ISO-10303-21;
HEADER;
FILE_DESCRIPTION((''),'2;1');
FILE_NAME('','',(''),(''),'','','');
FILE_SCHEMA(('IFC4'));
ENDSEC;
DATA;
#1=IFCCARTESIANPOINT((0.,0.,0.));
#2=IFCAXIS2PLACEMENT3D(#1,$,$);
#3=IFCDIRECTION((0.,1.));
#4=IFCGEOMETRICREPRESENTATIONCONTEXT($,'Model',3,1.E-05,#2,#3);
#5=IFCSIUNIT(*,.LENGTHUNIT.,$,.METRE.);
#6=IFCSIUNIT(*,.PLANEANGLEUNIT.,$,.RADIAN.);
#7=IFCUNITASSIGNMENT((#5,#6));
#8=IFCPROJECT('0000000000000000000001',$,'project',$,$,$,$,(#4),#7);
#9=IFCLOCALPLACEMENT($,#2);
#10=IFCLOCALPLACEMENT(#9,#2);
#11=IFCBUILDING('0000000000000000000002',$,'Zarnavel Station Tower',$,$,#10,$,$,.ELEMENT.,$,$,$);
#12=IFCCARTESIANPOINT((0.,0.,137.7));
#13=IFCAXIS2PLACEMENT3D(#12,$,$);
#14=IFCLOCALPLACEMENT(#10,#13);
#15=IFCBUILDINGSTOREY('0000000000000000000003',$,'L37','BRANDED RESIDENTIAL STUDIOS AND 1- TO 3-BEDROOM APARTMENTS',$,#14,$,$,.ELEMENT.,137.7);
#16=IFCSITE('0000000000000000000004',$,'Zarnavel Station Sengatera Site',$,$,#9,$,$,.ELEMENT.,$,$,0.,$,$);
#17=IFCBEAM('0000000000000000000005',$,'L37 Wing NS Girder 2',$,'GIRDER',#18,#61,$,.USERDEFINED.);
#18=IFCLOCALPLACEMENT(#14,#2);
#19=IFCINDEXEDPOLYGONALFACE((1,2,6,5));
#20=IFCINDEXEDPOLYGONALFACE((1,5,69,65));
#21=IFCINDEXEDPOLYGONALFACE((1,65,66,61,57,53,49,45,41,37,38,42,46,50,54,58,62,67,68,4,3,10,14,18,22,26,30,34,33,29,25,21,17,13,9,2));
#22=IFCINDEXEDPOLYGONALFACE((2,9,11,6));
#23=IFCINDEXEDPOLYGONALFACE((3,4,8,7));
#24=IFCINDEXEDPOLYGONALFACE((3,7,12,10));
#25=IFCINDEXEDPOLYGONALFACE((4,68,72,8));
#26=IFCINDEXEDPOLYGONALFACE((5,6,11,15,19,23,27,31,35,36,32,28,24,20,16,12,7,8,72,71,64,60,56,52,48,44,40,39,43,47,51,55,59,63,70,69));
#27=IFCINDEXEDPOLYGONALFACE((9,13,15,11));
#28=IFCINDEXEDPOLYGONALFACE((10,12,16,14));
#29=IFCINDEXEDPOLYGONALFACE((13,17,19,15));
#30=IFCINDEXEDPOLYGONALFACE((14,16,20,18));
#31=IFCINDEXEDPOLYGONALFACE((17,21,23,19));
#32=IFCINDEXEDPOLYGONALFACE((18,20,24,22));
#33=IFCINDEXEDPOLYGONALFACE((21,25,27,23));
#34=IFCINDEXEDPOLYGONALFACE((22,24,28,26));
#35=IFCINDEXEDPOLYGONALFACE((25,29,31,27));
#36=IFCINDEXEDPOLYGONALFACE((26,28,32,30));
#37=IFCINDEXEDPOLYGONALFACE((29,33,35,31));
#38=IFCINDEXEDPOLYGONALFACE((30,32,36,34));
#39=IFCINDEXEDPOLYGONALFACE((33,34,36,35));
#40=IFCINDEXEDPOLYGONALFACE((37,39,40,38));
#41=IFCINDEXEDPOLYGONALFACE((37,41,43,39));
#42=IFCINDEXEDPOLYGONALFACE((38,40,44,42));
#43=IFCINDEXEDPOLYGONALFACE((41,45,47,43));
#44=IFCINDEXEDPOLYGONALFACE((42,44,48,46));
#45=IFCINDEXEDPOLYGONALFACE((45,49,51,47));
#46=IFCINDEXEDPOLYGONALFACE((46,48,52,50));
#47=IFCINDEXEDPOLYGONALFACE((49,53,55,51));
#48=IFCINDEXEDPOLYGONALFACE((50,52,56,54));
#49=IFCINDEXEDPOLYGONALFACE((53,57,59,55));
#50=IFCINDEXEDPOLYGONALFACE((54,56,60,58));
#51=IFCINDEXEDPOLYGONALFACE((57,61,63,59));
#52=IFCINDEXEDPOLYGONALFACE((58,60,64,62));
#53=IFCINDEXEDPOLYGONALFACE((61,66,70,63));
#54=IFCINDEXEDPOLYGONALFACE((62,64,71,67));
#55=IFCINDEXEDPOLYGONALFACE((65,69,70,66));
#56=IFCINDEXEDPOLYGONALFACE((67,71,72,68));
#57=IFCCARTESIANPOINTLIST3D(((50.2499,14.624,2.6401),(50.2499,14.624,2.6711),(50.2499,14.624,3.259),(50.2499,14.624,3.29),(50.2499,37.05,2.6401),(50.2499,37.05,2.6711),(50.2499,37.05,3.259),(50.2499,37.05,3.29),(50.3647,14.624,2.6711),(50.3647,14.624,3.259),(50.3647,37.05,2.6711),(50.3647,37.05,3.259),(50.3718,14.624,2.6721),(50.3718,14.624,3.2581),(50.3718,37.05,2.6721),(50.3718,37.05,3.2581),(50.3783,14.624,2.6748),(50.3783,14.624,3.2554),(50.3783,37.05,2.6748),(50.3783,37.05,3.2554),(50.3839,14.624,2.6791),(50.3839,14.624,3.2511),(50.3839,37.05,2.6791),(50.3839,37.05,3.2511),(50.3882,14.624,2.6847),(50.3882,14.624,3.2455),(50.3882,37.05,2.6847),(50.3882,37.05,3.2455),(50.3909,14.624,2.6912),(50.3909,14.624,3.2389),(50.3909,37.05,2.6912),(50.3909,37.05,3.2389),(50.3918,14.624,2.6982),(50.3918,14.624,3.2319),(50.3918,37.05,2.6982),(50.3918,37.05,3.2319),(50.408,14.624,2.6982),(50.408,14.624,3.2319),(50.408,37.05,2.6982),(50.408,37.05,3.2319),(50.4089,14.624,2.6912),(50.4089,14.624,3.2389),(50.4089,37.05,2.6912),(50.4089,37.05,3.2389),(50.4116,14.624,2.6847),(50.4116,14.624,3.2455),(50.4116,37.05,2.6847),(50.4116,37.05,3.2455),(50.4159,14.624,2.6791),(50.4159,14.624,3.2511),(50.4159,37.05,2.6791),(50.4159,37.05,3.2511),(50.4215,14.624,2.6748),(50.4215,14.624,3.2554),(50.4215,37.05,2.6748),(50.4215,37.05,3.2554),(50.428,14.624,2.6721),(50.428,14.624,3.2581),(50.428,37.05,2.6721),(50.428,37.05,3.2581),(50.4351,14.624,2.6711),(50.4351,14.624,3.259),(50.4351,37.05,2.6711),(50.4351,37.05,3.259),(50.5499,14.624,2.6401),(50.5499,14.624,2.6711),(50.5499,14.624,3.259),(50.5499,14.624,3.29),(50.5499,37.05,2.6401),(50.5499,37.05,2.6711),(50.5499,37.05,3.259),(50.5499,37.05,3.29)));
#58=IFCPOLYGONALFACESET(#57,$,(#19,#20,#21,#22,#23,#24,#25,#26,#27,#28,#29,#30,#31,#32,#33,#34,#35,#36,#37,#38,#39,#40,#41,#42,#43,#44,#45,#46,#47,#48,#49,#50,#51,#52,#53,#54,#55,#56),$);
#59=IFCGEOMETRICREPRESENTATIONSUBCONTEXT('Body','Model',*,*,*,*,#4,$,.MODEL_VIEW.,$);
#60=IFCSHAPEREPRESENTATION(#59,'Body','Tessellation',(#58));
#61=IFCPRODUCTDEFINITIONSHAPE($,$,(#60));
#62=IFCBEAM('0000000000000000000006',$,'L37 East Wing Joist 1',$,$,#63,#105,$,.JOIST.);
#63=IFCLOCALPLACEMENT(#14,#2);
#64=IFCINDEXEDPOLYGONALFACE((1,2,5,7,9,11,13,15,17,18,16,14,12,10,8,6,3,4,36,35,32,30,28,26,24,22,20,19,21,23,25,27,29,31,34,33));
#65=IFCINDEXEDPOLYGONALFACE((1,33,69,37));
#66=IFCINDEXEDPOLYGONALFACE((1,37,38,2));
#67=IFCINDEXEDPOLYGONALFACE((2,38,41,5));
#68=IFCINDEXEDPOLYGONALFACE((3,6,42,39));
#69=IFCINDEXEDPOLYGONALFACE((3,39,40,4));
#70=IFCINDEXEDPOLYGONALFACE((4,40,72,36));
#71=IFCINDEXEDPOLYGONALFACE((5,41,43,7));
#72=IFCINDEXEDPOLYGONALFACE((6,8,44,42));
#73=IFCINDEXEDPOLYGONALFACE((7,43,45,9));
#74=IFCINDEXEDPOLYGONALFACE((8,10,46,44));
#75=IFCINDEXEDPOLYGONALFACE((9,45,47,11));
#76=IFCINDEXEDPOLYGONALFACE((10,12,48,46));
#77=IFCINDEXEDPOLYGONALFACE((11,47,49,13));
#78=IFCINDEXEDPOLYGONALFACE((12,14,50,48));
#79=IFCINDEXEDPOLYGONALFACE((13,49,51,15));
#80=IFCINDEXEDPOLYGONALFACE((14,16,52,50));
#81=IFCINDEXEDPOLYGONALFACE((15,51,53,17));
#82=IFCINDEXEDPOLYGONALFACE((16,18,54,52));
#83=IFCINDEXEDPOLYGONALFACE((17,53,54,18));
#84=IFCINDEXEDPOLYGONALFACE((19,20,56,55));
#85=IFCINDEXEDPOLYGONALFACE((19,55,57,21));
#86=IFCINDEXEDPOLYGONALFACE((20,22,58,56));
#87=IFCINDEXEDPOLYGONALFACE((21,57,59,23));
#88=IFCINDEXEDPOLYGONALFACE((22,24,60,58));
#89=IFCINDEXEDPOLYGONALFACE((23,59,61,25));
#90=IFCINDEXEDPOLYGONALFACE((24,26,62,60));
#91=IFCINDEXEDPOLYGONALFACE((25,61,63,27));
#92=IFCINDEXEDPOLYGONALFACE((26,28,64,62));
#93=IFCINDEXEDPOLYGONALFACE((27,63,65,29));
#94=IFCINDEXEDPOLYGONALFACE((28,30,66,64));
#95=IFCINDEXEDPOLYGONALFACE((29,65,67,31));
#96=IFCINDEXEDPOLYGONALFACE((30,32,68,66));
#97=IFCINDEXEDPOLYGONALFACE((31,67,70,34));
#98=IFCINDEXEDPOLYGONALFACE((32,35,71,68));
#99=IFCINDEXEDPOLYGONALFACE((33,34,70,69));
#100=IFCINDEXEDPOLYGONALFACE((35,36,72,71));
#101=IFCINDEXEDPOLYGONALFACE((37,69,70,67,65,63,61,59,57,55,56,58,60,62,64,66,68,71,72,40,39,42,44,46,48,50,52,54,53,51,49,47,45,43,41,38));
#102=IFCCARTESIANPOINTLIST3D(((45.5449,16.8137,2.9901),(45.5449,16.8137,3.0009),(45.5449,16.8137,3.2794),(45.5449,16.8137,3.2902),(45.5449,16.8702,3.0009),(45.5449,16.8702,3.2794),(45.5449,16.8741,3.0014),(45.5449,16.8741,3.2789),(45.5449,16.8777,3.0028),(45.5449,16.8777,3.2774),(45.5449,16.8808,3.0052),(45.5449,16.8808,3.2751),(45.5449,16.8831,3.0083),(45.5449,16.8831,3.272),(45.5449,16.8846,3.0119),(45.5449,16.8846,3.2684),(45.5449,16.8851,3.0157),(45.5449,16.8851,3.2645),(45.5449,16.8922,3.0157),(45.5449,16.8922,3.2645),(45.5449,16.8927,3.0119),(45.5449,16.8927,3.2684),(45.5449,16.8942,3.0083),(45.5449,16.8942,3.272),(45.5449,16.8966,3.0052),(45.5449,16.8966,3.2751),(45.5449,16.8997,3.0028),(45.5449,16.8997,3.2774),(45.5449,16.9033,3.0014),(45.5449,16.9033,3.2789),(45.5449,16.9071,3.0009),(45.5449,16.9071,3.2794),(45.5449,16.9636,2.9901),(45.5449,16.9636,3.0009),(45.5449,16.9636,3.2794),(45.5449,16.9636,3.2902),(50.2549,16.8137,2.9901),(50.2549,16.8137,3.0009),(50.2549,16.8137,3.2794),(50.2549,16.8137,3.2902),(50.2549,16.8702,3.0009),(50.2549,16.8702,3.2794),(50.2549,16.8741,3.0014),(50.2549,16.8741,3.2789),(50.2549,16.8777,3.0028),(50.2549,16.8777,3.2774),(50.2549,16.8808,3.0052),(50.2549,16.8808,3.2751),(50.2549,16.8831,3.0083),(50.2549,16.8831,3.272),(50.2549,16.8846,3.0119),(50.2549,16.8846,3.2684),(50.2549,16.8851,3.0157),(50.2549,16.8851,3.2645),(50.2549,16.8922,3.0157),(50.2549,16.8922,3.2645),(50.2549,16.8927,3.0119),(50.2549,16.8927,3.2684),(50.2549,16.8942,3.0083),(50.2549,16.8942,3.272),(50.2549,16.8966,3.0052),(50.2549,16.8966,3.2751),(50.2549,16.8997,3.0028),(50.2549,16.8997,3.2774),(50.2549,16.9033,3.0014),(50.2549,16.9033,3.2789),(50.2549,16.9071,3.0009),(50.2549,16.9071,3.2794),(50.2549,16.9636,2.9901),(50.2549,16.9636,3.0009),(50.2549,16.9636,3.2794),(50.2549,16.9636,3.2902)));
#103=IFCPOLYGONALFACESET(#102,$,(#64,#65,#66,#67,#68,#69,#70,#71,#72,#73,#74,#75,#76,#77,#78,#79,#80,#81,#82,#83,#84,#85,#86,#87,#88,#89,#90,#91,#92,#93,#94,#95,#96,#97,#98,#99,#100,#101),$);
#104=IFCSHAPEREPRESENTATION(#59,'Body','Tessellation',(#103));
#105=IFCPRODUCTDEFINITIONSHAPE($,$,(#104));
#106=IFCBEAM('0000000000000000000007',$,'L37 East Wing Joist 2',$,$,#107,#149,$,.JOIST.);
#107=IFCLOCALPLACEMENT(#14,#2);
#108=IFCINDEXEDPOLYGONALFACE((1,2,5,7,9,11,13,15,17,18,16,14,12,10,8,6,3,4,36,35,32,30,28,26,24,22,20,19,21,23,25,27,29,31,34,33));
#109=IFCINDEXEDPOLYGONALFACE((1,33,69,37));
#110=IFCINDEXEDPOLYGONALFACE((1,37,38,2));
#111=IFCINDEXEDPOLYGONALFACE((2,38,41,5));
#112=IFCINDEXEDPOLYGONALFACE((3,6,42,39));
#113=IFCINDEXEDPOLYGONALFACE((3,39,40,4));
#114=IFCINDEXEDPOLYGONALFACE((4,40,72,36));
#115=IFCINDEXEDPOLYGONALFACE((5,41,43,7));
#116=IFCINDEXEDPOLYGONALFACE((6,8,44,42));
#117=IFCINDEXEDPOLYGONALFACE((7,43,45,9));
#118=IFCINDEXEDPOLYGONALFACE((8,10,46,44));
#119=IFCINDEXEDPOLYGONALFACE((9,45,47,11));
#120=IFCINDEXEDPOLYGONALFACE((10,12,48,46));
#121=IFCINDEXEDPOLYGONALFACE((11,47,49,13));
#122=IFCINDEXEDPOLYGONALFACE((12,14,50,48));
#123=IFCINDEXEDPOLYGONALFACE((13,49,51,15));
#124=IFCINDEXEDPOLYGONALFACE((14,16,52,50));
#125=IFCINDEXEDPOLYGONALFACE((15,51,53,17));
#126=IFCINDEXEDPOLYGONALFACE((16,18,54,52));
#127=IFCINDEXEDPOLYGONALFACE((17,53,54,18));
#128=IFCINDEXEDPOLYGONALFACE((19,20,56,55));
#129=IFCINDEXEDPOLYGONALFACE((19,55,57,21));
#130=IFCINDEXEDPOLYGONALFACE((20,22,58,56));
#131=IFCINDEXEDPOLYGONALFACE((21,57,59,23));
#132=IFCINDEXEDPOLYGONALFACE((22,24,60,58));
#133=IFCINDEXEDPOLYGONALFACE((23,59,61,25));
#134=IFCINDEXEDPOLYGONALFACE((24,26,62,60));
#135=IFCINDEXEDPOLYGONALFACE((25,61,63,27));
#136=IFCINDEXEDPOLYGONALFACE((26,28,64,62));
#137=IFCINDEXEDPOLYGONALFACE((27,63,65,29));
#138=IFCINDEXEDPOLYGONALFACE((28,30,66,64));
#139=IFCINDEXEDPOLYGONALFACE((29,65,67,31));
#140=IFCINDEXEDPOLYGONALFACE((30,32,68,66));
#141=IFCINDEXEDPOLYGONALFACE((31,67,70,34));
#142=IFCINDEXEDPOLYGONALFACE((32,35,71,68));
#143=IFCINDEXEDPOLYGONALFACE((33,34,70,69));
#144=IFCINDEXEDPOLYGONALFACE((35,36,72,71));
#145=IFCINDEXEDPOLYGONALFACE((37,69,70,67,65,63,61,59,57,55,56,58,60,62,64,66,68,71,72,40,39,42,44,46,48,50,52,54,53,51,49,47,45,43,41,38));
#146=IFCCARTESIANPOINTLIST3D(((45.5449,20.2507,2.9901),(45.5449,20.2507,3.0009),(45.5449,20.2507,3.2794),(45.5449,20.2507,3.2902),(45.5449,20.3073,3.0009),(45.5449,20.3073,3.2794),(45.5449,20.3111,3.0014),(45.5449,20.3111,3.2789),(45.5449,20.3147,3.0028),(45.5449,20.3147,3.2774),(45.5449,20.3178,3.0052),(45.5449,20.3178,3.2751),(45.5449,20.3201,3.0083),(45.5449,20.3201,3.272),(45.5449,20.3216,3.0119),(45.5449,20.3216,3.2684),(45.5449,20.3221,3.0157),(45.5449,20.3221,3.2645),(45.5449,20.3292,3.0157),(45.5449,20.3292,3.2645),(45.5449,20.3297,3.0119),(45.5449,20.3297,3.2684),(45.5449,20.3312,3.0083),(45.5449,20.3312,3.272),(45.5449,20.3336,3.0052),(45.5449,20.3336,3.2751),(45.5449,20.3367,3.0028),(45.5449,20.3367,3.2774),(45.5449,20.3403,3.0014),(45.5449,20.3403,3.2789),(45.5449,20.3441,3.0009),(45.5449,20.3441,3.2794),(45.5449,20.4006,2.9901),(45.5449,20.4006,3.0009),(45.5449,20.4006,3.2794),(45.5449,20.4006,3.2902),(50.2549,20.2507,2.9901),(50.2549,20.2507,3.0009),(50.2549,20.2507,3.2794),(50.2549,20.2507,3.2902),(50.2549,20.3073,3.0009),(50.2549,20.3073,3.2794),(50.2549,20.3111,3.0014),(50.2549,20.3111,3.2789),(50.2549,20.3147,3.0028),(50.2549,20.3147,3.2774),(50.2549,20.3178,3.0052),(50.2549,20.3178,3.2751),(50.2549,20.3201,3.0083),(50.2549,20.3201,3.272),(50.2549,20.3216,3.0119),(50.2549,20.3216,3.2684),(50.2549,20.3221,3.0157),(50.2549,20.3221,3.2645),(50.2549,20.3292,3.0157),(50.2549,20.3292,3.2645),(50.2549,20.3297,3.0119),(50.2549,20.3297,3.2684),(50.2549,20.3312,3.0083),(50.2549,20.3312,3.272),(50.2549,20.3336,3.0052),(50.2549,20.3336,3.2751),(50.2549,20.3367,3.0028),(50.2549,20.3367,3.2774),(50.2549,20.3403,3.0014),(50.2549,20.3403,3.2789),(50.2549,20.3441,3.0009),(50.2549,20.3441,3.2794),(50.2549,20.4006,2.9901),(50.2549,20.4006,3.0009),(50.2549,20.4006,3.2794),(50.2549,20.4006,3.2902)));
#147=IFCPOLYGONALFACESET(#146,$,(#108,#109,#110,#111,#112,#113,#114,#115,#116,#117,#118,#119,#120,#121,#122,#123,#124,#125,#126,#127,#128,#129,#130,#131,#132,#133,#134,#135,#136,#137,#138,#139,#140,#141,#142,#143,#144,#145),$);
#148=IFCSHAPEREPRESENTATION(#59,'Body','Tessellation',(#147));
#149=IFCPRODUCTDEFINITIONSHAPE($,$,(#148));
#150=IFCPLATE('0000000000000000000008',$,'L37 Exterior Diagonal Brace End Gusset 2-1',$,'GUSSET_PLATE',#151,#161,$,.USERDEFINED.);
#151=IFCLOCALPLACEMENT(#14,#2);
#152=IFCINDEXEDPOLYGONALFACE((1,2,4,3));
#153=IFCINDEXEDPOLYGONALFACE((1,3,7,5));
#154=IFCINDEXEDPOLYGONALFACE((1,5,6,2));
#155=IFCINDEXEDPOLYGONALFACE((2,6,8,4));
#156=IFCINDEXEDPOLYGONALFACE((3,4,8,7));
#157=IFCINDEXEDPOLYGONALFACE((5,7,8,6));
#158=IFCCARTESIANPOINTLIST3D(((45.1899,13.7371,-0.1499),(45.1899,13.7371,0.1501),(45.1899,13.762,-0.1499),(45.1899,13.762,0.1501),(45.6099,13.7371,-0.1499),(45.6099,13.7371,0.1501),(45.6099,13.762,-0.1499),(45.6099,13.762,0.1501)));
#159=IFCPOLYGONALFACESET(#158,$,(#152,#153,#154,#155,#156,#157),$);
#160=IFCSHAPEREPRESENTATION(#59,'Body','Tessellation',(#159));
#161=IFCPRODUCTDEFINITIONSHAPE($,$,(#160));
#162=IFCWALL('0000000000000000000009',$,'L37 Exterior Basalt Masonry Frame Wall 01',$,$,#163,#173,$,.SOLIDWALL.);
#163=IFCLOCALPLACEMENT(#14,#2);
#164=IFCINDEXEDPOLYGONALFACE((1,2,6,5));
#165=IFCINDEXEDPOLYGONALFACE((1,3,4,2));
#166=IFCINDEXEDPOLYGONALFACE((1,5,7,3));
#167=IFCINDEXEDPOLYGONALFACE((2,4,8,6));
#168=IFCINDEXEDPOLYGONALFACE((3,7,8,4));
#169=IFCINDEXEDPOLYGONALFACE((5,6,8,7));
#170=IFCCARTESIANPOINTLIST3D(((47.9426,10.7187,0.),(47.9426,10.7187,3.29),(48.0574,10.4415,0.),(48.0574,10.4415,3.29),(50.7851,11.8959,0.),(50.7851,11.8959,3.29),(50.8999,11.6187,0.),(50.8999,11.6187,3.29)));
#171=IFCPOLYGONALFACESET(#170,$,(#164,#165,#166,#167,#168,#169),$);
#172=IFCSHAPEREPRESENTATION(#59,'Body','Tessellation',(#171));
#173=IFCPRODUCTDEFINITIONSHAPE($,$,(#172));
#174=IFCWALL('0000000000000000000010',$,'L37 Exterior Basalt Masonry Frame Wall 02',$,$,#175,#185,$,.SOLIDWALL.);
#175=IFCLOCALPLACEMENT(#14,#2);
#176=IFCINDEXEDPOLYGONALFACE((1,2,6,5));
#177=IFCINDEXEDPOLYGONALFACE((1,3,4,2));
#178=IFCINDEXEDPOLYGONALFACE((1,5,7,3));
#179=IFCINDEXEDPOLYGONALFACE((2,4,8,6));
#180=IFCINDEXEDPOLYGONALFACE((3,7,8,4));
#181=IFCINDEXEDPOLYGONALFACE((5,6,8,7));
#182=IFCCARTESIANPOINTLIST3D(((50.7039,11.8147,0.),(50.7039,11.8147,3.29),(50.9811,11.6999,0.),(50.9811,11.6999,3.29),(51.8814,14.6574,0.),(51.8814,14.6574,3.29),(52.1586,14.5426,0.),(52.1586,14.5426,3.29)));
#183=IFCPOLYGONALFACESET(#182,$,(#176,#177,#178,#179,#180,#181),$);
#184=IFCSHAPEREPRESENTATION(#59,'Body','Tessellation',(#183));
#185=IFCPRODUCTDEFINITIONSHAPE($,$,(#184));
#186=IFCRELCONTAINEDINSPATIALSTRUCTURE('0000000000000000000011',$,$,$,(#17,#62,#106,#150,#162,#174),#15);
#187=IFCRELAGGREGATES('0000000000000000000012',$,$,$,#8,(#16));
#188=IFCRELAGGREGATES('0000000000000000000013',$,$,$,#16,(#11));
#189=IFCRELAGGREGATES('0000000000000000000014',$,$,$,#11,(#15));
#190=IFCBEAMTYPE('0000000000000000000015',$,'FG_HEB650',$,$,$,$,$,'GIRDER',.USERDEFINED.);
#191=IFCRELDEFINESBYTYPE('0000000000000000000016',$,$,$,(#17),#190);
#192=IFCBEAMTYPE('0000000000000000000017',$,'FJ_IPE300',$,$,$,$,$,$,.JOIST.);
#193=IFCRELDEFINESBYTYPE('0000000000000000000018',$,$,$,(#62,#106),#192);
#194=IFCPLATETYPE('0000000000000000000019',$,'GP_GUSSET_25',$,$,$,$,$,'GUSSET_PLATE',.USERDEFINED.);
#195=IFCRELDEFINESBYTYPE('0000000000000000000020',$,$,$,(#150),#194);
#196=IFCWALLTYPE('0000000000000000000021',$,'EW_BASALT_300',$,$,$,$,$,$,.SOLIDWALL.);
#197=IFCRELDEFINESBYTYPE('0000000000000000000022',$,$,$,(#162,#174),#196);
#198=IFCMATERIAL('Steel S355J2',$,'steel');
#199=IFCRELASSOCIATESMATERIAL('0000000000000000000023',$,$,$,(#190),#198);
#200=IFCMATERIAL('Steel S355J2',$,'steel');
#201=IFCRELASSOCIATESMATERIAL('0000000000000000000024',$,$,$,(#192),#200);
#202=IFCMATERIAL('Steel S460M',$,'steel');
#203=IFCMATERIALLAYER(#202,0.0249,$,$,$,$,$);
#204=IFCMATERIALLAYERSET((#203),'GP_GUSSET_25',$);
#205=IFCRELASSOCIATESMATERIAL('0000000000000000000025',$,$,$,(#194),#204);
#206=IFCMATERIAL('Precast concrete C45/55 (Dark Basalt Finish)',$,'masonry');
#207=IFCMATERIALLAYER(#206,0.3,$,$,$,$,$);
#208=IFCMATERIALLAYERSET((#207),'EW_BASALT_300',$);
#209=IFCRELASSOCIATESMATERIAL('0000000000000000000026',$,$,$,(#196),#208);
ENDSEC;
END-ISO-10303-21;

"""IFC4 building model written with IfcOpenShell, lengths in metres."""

from ifc_helpers import new_model, si_unit, direction, frame, frame_2d, origin, origin_2d, place, context, subcontext, project, spatial, rectangle, i_section, extrude, material, layer, layer_set, material_profile, profile_set, type_object, element, save


model = new_model("IFC4")

# Units and contexts
model_context = context("Model", 3, precision=1e-05, world=origin(), true_north=direction((0.0, 1.0)))
body_context = subcontext(model_context, "Body", "Model", "MODEL_VIEW")
ifc_project = project(units=[si_unit("LENGTHUNIT", "METRE"), si_unit("PLANEANGLEUNIT", "RADIAN")], contexts=[model_context])

# Site, building, storey
site_placement = place(None, origin())
site = spatial("IfcSite", under=ifc_project, at=site_placement, Name="Zarnavel Station Sengatera Site", CompositionType="ELEMENT", RefElevation=0.0)
building_placement = place(site_placement, origin())
building = spatial("IfcBuilding", under=site, at=building_placement, Name="Zarnavel Station Tower", CompositionType="ELEMENT")
storey_placement = place(building_placement, frame((0.0, 0.0, 137.7)))
storey = spatial("IfcBuildingStorey", under=building, at=storey_placement, Name="L37", Description="BRANDED RESIDENTIAL STUDIOS AND 1- TO 3-BEDROOM APARTMENTS", CompositionType="ELEMENT", Elevation=137.7)

# Beams
ifc_material_1 = material(Name="Steel S355J2", Category="steel")
ifc_material_profile_1 = material_profile(ifc_material_1, i_section(OverallWidth=0.3, OverallDepth=0.6499, WebThickness=0.0161, FlangeThickness=0.031, FilletRadius=0.0271, at=origin_2d()), Name="HEB650")
ifc_profile_set_1 = profile_set([ifc_material_profile_1], Name="Steel S355J2")
beam_type_1 = type_object("IfcBeamType", Name="FG_HEB650", ElementType="GIRDER", PredefinedType="USERDEFINED", material=ifc_profile_set_1)
beam_1_placement = place(storey_placement, frame((50.3999, 14.624, 2.9651), z_axis=(0.0, 1.0, 0.0), x_axis=(-1.0, 0.0, 0.0)))
element("IfcBeam", 1, at=beam_1_placement, inside=storey, type_object=beam_type_1, Name="L37 Wing NS Girder 2", ObjectType="GIRDER", PredefinedType="USERDEFINED", context=body_context, shape_type="SweptSolid", body=[
    extrude(i_section(OverallWidth=0.3, OverallDepth=0.6499, WebThickness=0.0161, FlangeThickness=0.031, FilletRadius=0.0271, at=origin_2d()), origin(), (0.0, 0.0, 1.0), 22.426),
])
ifc_material_2 = material(Name="Steel S355J2", Category="steel")
ifc_material_profile_2 = material_profile(ifc_material_2, i_section(OverallWidth=0.1499, OverallDepth=0.3, WebThickness=0.0071, FlangeThickness=0.0107, FilletRadius=0.0149, at=origin_2d()), Name="IPE300")
ifc_profile_set_2 = profile_set([ifc_material_profile_2], Name="Steel S355J2")
beam_type_2 = type_object("IfcBeamType", Name="FJ_IPE300", PredefinedType="JOIST", material=ifc_profile_set_2)
for number, where, z_axis, x_axis, name in (
    (2, (45.5449, 16.8887, 3.1401), (1.0, 0.0, 0.0), (0.0, 1.0, 0.0), "L37 East Wing Joist 1"),
    (3, (45.5449, 20.3257, 3.1401), (1.0, 0.0, 0.0), (0.0, 1.0, 0.0), "L37 East Wing Joist 2"),
):
    element("IfcBeam", number, at=place(storey_placement, frame(where, z_axis=z_axis, x_axis=x_axis)), inside=storey, type_object=beam_type_2, Name=name, PredefinedType="JOIST", context=body_context, shape_type="SweptSolid", body=[
        extrude(i_section(OverallWidth=0.1499, OverallDepth=0.3, WebThickness=0.0071, FlangeThickness=0.0107, FilletRadius=0.0149, at=origin_2d()), origin(), (0.0, 0.0, 1.0), 4.71),
    ])

# Plate
ifc_material_3 = material(Name="Steel S460M", Category="steel")
ifc_layer_1 = layer(ifc_material_3, 0.0249)
ifc_layer_set_1 = layer_set([ifc_layer_1], Name="GP_GUSSET_25")
plate_type = type_object("IfcPlateType", Name="GP_GUSSET_25", ElementType="GUSSET_PLATE", PredefinedType="USERDEFINED", material=ifc_layer_set_1)
plate_placement = place(storey_placement, frame((45.3999, 13.7495, -0.1499), z_axis=(0.0, 0.0, 1.0), x_axis=(1.0, 0.0, 0.0)))
element("IfcPlate", 4, at=plate_placement, inside=storey, type_object=plate_type, Name="L37 Exterior Diagonal Brace End Gusset 2-1", ObjectType="GUSSET_PLATE", PredefinedType="USERDEFINED", context=body_context, shape_type="SweptSolid", body=[
    extrude(rectangle(XDim=0.4199, YDim=0.0249, at=origin_2d()), origin(), (0.0, 0.0, 1.0), 0.3),
])

# Walls
ifc_material_4 = material(Name="Precast concrete C45/55 (Dark Basalt Finish)", Category="masonry")
ifc_layer_2 = layer(ifc_material_4, 0.3)
ifc_layer_set_2 = layer_set([ifc_layer_2], Name="EW_BASALT_300")
wall_type_1 = type_object("IfcWallType", Name="EW_BASALT_300", PredefinedType="SOLIDWALL", material=ifc_layer_set_2)
wall_1_placement = place(storey_placement, frame((50.8425, 11.7573, 0.0), z_axis=(0.0, 0.0, 1.0), x_axis=(-0.923899, -0.382637, 0.0)))
element("IfcWall", 5, at=wall_1_placement, inside=storey, type_object=wall_type_1, Name="L37 Exterior Basalt Masonry Frame Wall 01", PredefinedType="SOLIDWALL", context=body_context, shape_type="SweptSolid", body=[
    extrude(rectangle(XDim=3.0767, YDim=0.3, at=frame_2d((1.5383, 0.0))), origin(), (0.0, 0.0, 1.0), 3.29),
])
wall_2_placement = place(storey_placement, frame((52.02, 14.6001, 0.0), z_axis=(0.0, 0.0, 1.0), x_axis=(-0.382676, -0.923882, 0.0)))
element("IfcWall", 6, at=wall_2_placement, inside=storey, type_object=wall_type_1, Name="L37 Exterior Basalt Masonry Frame Wall 02", PredefinedType="SOLIDWALL", context=body_context, shape_type="SweptSolid", body=[
    extrude(rectangle(XDim=3.0769, YDim=0.3, at=frame_2d((1.5386, 0.0))), origin(), (0.0, 0.0, 1.0), 3.29),
])

save(model, "model.ifc")
